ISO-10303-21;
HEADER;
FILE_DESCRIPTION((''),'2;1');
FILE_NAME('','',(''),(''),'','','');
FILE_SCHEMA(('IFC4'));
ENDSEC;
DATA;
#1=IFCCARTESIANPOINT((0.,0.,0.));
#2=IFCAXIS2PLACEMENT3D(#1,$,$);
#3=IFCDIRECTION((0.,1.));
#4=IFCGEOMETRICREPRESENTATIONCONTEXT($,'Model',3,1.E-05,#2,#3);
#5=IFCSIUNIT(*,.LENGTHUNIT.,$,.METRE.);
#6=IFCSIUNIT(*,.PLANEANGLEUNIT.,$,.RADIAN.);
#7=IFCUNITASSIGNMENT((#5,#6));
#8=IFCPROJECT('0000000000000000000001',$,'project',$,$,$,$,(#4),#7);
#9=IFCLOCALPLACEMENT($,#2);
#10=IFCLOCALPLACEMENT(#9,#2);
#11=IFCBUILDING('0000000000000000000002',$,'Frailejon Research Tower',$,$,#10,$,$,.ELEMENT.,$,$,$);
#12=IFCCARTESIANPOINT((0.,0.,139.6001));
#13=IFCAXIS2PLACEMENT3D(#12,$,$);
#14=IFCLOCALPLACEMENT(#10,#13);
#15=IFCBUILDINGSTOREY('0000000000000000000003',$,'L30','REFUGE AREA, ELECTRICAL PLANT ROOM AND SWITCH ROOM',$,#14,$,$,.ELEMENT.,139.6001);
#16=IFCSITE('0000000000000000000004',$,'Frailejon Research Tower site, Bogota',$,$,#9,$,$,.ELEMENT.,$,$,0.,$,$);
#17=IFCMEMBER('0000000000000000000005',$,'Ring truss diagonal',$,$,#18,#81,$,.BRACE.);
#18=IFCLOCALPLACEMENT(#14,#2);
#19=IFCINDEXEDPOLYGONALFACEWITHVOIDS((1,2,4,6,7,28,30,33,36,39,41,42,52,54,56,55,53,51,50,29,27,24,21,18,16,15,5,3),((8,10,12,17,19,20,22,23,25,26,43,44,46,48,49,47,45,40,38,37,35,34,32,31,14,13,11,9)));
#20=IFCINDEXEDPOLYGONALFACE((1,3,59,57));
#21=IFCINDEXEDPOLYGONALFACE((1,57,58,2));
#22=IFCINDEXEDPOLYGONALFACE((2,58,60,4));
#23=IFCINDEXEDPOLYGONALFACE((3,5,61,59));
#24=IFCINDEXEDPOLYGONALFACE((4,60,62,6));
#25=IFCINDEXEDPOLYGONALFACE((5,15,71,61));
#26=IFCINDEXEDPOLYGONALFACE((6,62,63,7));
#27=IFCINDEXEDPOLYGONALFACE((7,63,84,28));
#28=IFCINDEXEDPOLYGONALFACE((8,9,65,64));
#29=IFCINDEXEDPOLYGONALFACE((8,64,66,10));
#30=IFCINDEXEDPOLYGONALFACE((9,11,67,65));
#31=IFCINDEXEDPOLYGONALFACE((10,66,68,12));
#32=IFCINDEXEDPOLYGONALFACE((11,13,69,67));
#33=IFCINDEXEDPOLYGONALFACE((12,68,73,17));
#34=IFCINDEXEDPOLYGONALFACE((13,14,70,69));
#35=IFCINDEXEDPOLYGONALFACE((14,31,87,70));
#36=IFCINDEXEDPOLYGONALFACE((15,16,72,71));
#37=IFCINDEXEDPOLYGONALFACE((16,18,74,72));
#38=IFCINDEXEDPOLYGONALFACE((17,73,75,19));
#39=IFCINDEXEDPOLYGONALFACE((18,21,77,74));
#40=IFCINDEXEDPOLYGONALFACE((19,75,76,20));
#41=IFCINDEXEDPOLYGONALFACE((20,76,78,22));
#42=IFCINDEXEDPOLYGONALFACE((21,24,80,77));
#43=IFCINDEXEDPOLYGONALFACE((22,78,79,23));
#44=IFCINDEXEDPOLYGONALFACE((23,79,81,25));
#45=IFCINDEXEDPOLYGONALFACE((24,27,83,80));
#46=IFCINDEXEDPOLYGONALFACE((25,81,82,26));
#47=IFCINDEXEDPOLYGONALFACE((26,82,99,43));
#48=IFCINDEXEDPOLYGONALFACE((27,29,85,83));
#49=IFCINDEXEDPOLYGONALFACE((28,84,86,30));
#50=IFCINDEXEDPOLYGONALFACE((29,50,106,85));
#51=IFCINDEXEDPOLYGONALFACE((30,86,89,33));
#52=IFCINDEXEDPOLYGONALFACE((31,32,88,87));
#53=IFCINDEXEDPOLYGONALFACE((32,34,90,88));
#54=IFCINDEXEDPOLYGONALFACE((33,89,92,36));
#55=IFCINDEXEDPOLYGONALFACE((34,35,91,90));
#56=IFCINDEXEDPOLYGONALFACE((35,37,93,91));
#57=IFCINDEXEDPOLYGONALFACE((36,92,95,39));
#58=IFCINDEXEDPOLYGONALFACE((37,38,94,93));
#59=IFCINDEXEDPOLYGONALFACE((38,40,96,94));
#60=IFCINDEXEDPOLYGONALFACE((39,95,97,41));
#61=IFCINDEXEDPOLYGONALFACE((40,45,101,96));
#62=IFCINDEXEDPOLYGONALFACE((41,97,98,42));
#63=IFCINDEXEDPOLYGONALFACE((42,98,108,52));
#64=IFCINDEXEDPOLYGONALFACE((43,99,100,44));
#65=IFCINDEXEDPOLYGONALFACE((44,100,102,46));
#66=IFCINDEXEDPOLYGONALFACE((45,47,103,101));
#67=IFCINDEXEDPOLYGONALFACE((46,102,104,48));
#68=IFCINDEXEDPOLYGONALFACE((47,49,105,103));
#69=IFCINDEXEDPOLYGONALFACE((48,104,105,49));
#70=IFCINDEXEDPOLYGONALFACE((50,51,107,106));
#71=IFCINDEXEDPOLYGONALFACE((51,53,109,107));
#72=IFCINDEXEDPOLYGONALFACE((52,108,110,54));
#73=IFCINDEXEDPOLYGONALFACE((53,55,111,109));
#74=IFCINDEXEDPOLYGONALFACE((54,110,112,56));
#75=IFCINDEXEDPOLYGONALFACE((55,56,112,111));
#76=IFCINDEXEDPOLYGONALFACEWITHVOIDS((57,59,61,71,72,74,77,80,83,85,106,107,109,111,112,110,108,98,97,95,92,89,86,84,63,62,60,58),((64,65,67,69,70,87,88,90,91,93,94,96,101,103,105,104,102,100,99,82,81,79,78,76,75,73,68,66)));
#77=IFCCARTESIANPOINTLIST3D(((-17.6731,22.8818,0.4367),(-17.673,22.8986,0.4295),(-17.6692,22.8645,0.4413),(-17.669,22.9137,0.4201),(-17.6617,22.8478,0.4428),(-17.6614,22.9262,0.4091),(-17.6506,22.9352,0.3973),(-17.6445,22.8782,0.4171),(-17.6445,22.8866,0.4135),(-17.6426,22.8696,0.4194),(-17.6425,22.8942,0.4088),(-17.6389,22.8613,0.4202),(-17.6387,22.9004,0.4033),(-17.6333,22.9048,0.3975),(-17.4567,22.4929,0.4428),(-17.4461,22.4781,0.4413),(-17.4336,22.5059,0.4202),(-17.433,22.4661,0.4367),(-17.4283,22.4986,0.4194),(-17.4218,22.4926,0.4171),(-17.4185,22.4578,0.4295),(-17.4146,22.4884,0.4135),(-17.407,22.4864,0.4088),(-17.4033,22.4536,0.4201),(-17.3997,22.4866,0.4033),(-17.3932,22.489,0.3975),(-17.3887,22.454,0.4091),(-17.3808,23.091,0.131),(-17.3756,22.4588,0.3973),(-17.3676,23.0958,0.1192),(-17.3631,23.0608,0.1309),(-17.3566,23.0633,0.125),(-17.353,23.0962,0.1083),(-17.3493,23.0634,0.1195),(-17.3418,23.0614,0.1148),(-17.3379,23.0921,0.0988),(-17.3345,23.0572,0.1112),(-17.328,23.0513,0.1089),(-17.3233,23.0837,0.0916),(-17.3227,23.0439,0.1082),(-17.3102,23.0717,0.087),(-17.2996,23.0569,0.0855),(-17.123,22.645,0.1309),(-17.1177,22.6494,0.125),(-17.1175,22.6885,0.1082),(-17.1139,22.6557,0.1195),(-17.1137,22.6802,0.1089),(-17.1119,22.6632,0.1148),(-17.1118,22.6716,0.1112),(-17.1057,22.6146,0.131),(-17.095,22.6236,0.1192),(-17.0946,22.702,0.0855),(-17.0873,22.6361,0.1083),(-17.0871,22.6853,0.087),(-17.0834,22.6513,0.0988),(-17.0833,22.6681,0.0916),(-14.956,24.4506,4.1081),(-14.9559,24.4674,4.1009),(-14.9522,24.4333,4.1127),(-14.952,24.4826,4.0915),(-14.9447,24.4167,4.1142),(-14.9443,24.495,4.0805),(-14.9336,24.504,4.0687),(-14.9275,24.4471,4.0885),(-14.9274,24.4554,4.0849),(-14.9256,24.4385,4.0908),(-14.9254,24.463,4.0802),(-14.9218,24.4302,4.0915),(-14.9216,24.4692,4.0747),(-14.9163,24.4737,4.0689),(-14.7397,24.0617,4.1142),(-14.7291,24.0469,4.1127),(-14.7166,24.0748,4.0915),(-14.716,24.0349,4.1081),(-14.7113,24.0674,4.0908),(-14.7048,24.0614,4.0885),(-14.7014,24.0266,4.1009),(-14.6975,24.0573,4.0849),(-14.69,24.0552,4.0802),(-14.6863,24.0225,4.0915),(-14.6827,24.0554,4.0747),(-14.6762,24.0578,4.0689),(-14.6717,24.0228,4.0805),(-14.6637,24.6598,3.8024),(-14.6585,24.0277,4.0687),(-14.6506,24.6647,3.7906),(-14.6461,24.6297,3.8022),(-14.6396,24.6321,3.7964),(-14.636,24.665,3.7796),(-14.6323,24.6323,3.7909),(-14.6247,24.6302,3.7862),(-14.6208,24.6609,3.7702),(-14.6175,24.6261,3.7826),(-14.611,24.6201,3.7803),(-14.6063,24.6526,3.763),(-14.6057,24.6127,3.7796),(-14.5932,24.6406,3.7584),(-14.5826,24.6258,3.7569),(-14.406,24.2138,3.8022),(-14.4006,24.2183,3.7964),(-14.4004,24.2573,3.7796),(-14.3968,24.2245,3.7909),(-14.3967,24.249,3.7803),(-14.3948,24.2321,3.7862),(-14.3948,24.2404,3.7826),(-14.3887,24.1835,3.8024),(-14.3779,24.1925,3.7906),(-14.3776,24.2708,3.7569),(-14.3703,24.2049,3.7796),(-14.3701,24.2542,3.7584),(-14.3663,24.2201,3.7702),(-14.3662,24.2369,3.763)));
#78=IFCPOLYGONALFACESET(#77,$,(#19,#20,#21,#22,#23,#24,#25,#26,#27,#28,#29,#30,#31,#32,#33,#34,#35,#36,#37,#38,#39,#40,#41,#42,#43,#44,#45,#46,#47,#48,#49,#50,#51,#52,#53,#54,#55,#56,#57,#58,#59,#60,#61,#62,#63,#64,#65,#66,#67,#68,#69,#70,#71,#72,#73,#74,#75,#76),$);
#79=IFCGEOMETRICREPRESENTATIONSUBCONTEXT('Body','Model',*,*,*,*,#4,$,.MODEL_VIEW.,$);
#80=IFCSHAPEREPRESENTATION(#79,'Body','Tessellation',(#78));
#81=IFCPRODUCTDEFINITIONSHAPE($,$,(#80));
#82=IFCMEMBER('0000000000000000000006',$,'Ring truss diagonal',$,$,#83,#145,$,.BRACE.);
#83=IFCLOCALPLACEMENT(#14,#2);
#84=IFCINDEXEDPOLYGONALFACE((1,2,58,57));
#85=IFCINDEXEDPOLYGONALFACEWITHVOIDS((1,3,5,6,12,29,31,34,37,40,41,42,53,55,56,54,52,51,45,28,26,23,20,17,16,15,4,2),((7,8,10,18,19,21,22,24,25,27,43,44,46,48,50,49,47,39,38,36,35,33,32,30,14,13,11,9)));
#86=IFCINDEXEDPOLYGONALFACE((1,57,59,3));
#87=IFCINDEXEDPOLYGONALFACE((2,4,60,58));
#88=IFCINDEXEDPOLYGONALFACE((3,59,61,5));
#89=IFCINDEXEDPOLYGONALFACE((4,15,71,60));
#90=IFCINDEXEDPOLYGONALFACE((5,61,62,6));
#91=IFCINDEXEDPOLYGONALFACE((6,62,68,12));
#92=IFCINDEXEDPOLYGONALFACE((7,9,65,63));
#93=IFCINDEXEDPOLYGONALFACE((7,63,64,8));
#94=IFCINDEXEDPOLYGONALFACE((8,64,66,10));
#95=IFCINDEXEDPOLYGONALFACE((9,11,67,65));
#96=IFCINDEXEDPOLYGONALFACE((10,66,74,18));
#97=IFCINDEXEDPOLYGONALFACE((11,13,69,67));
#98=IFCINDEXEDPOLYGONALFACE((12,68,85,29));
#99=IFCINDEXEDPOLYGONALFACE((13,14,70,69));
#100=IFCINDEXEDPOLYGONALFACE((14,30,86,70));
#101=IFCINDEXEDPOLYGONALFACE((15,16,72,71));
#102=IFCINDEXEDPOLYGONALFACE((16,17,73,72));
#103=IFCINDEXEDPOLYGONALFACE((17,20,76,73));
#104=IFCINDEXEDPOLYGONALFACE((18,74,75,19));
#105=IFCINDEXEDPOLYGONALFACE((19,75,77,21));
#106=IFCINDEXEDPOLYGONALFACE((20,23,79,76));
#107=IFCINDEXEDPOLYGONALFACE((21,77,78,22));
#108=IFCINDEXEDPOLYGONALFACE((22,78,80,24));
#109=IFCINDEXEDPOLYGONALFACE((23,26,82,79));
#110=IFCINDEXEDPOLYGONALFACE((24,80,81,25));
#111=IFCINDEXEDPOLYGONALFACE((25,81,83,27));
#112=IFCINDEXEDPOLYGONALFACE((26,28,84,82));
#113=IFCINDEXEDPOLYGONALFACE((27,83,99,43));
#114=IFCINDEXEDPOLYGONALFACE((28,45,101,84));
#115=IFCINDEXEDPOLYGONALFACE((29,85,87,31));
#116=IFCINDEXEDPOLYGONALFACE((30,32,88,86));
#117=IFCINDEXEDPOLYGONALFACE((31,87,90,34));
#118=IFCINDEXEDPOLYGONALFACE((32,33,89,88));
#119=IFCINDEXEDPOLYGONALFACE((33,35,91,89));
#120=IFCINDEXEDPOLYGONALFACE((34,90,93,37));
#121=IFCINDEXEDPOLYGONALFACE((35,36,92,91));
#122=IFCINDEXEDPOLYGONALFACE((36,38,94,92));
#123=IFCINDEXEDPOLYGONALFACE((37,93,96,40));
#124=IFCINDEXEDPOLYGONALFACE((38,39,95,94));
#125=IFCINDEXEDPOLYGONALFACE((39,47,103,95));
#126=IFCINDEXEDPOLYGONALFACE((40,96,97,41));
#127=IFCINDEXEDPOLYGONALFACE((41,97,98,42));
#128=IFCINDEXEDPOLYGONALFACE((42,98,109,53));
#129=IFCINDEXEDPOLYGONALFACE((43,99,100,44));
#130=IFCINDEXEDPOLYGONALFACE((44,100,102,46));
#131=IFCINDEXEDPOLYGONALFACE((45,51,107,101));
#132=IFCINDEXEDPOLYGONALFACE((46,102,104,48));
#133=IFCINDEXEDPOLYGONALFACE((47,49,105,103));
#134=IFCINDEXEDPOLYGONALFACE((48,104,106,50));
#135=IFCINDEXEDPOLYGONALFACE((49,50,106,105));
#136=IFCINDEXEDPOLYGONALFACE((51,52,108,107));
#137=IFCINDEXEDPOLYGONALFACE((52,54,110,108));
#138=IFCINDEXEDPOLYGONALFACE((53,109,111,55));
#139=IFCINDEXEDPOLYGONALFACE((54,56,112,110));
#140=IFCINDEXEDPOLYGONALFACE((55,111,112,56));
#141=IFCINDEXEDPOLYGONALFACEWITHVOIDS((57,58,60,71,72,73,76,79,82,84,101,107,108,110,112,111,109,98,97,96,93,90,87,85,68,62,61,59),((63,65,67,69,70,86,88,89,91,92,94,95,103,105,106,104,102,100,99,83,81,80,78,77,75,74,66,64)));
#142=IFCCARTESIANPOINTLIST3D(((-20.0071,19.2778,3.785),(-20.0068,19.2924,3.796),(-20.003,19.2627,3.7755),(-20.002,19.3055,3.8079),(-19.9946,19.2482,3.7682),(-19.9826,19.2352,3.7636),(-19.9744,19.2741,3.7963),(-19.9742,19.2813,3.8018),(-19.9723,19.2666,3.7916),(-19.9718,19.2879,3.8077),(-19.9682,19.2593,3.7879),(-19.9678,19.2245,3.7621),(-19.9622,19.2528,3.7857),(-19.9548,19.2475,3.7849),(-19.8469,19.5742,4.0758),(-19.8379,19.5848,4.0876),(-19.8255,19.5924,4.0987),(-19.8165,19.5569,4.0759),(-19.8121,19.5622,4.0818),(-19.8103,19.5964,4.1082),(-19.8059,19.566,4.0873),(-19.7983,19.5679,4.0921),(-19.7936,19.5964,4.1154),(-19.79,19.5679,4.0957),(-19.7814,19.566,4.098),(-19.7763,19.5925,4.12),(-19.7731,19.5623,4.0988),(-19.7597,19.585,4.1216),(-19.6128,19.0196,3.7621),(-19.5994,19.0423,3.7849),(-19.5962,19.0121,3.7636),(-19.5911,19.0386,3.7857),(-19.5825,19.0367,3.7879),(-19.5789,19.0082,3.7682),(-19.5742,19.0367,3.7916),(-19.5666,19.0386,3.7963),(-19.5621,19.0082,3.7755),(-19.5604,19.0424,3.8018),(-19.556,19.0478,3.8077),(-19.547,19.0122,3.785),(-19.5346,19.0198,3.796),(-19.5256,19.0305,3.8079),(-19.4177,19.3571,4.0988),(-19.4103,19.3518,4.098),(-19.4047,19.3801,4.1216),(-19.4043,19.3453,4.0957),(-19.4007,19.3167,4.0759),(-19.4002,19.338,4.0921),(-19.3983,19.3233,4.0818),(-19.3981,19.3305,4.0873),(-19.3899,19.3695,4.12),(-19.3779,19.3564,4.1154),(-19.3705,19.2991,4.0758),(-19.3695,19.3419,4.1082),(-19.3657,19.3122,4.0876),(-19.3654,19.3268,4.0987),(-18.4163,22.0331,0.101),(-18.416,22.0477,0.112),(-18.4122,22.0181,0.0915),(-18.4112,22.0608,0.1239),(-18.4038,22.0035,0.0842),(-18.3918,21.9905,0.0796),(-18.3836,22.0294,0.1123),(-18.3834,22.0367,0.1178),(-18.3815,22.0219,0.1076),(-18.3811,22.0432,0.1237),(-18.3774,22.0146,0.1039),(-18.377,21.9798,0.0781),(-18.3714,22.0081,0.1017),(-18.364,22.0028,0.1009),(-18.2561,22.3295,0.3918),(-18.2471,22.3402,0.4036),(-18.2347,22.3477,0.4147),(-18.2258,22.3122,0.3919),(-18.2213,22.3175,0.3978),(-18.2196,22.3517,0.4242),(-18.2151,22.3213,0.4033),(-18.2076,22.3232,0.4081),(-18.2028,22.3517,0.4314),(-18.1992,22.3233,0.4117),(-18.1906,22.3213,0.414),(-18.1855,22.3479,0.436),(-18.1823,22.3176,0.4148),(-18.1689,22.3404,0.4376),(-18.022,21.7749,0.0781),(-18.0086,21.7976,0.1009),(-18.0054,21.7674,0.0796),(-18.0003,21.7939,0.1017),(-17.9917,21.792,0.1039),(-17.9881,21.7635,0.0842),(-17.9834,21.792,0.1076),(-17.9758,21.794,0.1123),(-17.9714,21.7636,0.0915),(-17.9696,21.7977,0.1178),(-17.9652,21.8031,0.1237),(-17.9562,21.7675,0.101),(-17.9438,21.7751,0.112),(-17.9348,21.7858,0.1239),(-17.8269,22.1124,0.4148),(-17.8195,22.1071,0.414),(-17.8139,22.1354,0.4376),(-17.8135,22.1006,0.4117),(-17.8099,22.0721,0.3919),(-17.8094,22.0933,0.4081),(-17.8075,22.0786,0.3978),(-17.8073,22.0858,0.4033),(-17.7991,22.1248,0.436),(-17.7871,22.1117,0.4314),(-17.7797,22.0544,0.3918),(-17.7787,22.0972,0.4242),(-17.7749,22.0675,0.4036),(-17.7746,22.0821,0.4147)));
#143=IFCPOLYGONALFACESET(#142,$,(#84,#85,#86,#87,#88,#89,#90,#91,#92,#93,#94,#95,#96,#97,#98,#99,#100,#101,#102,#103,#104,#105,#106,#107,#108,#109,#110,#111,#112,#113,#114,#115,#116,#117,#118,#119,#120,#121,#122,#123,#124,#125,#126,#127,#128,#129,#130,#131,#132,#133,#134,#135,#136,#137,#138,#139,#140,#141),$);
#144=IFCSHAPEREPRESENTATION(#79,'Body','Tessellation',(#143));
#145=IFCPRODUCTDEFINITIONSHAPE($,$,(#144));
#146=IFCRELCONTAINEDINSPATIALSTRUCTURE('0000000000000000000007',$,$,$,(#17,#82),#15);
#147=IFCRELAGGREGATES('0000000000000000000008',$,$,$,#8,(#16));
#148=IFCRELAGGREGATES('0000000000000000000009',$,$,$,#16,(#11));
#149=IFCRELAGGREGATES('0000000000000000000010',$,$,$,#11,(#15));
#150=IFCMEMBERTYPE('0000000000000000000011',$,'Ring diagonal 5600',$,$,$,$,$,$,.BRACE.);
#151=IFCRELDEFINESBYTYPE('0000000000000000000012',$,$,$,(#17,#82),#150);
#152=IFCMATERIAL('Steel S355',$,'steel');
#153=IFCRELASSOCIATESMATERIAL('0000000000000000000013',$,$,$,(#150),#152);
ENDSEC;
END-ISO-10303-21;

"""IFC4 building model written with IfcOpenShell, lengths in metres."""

from ifc_helpers import new_model, si_unit, direction, frame, origin, origin_2d, place, context, subcontext, project, spatial, hollow_rectangle, extrude, material, material_profile, profile_set, type_object, element, save


model = new_model("IFC4")

# Units and contexts
model_context = context("Model", 3, precision=1e-05, world=origin(), true_north=direction((0.0, 1.0)))
body_context = subcontext(model_context, "Body", "Model", "MODEL_VIEW")
ifc_project = project(units=[si_unit("LENGTHUNIT", "METRE"), si_unit("PLANEANGLEUNIT", "RADIAN")], contexts=[model_context])

# Site, building, storey
site_placement = place(None, origin())
site = spatial("IfcSite", under=ifc_project, at=site_placement, Name="Frailejon Research Tower site, Bogota", CompositionType="ELEMENT", RefElevation=0.0)
building_placement = place(site_placement, origin())
building = spatial("IfcBuilding", under=site, at=building_placement, Name="Frailejon Research Tower", CompositionType="ELEMENT")
storey_placement = place(building_placement, frame((0.0, 0.0, 139.6001)))
storey = spatial("IfcBuildingStorey", under=building, at=storey_placement, Name="L30", Description="REFUGE AREA, ELECTRICAL PLANT ROOM AND SWITCH ROOM", CompositionType="ELEMENT", Elevation=139.6001)

# Members
ifc_material_1 = material(Name="Steel S355", Category="steel")
ifc_material_profile_1 = material_profile(ifc_material_1, hollow_rectangle(XDim=0.55, YDim=0.55, WallThickness=0.0349, InnerFilletRadius=0.0349, OuterFilletRadius=0.0701, at=origin_2d()), Name="Ring diagonal 5600")
ifc_profile_set_1 = profile_set([ifc_material_profile_1], Name="Steel S355")
member_type = type_object("IfcMemberType", Name="Ring diagonal 5600", PredefinedType="BRACE", material=ifc_profile_set_1)
member_1_placement = place(storey_placement, frame((-14.6611, 24.3438, 3.9355), z_axis=(-0.562609, -0.324857, -0.760223), x_axis=(0.500039, -0.866003, 0.0)))
element("IfcMember", 1, at=member_1_placement, inside=storey, type_object=member_type, Name="Ring truss diagonal", PredefinedType="BRACE", context=body_context, shape_type="SweptSolid", body=[
    extrude(hollow_rectangle(XDim=0.55, YDim=0.55, WallThickness=0.0349, InnerFilletRadius=0.0349, OuterFilletRadius=0.0701, at=origin_2d()), origin(), (0.0, 0.0, 1.0), 4.8293),
])
member_2_placement = place(storey_placement, frame((-18.0955, 22.0576, 0.2578), z_axis=(-0.326806, -0.566043, 0.756831), x_axis=(0.866025, -0.500001, 0.0)))
element("IfcMember", 2, at=member_2_placement, inside=storey, type_object=member_type, Name="Ring truss diagonal", PredefinedType="BRACE", context=body_context, shape_type="SweptSolid", body=[
    extrude(hollow_rectangle(XDim=0.55, YDim=0.55, WallThickness=0.0349, InnerFilletRadius=0.0349, OuterFilletRadius=0.0701, at=origin_2d()), origin(), (0.0, 0.0, 1.0), 4.8677),
])

save(model, "model.ifc")
